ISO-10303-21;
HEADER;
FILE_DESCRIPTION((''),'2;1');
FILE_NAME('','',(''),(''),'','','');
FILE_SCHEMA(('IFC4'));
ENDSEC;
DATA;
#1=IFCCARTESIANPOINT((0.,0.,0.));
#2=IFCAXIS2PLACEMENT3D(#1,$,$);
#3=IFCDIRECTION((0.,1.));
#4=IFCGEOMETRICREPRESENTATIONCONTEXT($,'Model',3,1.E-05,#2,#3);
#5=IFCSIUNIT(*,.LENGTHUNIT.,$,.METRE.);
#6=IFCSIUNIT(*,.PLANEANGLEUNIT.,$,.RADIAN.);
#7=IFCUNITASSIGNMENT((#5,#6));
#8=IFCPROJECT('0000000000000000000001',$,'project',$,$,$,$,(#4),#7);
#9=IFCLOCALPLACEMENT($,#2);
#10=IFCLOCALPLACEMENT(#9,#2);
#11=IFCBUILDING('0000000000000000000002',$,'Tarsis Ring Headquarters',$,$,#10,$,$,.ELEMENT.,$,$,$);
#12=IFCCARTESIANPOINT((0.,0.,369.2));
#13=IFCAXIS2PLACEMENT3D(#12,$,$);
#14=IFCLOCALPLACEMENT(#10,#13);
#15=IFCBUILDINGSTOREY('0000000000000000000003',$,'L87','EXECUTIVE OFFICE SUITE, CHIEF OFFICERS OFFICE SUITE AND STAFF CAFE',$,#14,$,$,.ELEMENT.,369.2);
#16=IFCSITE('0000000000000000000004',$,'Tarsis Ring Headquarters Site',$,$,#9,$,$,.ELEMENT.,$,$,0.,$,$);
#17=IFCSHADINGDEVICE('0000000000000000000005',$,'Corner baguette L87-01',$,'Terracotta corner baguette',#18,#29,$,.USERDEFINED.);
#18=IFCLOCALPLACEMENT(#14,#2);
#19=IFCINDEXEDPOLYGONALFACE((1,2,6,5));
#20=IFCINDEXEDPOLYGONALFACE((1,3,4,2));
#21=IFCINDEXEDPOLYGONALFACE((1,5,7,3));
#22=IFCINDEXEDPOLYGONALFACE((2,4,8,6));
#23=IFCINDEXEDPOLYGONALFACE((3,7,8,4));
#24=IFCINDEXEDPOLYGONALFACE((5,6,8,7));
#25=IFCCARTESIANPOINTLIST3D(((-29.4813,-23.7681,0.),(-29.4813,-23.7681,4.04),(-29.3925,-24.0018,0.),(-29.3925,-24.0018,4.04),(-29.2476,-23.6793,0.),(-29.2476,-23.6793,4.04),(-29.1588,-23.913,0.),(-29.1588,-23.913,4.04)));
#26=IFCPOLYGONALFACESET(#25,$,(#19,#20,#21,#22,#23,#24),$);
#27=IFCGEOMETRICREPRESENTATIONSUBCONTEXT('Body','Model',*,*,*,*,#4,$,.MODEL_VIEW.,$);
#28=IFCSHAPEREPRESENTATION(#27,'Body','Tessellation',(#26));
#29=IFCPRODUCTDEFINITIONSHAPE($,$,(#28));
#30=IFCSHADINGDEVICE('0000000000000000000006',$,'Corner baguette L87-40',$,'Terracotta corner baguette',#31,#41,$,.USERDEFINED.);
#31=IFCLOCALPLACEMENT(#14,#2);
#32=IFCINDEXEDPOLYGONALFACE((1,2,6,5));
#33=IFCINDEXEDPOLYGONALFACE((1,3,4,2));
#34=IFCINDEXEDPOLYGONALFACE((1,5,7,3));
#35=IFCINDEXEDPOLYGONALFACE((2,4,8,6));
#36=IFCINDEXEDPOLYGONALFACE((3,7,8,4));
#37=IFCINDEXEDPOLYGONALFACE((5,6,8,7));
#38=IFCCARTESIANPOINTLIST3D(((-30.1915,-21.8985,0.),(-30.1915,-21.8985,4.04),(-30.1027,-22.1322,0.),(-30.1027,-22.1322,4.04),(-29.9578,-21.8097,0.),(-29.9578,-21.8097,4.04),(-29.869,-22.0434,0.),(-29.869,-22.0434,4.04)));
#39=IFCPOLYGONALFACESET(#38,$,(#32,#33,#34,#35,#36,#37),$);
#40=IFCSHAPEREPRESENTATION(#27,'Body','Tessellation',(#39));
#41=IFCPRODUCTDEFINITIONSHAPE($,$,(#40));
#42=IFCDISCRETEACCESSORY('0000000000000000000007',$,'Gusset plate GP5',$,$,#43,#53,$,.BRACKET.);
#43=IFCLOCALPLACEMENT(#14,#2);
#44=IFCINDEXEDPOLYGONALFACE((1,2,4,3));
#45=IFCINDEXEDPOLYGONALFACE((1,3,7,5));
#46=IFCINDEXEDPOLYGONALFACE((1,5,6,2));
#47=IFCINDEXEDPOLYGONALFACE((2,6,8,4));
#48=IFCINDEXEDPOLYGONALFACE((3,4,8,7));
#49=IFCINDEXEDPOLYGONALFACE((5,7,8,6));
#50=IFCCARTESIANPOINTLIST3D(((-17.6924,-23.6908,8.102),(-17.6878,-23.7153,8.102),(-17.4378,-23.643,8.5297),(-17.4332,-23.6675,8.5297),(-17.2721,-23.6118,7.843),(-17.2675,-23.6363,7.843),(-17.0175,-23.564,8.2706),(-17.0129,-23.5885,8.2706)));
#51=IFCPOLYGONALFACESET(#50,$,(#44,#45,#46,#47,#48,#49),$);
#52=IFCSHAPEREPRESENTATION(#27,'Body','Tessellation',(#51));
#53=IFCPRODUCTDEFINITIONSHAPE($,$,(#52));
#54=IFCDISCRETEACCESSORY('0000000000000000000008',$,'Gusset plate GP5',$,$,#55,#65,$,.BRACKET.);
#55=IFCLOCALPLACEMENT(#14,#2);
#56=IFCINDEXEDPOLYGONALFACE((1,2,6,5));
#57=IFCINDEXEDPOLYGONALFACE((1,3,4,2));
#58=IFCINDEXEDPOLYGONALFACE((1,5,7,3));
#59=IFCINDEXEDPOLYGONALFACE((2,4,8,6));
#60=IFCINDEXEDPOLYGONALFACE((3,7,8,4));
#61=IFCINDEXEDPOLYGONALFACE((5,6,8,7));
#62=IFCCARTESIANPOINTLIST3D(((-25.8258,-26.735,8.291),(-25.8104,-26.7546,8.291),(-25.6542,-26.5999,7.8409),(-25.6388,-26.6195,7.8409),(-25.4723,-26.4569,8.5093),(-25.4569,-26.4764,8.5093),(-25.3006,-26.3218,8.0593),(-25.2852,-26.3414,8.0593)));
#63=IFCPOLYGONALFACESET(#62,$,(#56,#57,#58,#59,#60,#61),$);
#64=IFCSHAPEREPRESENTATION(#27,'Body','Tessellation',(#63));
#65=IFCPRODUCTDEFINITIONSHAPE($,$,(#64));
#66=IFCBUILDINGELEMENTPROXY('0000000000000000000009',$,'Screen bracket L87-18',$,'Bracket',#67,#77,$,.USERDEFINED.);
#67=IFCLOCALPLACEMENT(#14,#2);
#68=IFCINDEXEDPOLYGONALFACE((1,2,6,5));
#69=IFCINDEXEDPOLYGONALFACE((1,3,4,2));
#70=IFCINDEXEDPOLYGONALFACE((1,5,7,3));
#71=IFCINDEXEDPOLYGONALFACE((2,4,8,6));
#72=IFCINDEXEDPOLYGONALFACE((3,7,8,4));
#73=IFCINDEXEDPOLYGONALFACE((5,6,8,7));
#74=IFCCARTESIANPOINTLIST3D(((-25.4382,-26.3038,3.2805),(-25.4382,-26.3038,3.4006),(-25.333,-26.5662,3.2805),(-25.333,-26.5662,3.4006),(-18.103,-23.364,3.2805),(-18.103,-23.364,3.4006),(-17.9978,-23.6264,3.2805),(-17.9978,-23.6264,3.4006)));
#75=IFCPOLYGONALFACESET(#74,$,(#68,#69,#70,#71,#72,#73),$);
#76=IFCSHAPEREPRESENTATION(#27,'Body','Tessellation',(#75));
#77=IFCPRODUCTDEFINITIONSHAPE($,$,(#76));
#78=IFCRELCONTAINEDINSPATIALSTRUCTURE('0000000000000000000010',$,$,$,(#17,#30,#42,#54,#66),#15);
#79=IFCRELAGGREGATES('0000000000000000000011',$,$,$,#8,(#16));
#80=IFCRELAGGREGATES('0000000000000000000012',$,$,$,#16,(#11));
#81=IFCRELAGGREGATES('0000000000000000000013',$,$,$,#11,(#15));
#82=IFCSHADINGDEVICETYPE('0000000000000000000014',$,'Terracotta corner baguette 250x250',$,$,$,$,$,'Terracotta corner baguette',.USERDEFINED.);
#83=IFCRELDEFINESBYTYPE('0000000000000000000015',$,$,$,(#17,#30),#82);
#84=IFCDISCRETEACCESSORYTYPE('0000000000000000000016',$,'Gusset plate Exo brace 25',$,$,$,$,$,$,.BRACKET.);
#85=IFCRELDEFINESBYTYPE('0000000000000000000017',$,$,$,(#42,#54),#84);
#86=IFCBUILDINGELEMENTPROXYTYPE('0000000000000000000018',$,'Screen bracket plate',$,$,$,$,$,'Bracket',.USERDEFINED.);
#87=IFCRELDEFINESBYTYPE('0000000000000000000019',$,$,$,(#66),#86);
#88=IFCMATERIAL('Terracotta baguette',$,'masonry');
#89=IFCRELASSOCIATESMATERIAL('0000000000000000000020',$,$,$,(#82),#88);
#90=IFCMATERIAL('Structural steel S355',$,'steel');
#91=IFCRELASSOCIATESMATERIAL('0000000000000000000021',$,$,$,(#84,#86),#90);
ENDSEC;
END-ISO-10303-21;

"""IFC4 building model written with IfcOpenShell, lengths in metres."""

from ifc_helpers import new_model, si_unit, direction, frame, origin, origin_2d, place, context, subcontext, project, spatial, rectangle, extrude, material, material_profile, profile_set, type_object, element, save


model = new_model("IFC4")

# Units and contexts
model_context = context("Model", 3, precision=1e-05, world=origin(), true_north=direction((0.0, 1.0)))
body_context = subcontext(model_context, "Body", "Model", "MODEL_VIEW")
ifc_project = project(units=[si_unit("LENGTHUNIT", "METRE"), si_unit("PLANEANGLEUNIT", "RADIAN")], contexts=[model_context])

# Site, building, storey
site_placement = place(None, origin())
site = spatial("IfcSite", under=ifc_project, at=site_placement, Name="Tarsis Ring Headquarters Site", CompositionType="ELEMENT", RefElevation=0.0)
building_placement = place(site_placement, origin())
building = spatial("IfcBuilding", under=site, at=building_placement, Name="Tarsis Ring Headquarters", CompositionType="ELEMENT")
storey_placement = place(building_placement, frame((0.0, 0.0, 369.2)))
storey = spatial("IfcBuildingStorey", under=building, at=storey_placement, Name="L87", Description="EXECUTIVE OFFICE SUITE, CHIEF OFFICERS OFFICE SUITE AND STAFF CAFE", CompositionType="ELEMENT", Elevation=369.2)

# Shared definitions
ifc_material_1 = material(Name="Structural steel S355", Category="steel")

# Shading devices
ifc_material_2 = material(Name="Terracotta baguette", Category="masonry")
shading_device_type_1 = type_object("IfcShadingDeviceType", Name="Terracotta corner baguette 250x250", ElementType="Terracotta corner baguette", PredefinedType="USERDEFINED", material=ifc_material_2)
for number, where, z_axis, x_axis, name in (
    (1, (-29.3201, -23.8406, 0.0), (0.0, 0.0, 1.0), (0.355107, -0.934826, 0.0), "Corner baguette L87-01"),
    (2, (-30.0303, -21.9709, 0.0), (0.0, 0.0, 1.0), (0.934826, 0.355107, 0.0), "Corner baguette L87-40"),
):
    element("IfcShadingDevice", number, at=place(storey_placement, frame(where, z_axis=z_axis, x_axis=x_axis)), inside=storey, type_object=shading_device_type_1, Name=name, ObjectType="Terracotta corner baguette", PredefinedType="USERDEFINED", context=body_context, shape_type="SweptSolid", body=[
        extrude(rectangle(XDim=0.25, YDim=0.25, at=origin_2d()), origin(), (0.0, 0.0, 1.0), 4.04),
    ])

# Discrete accessories
ifc_material_profile_1 = material_profile(ifc_material_1, rectangle(XDim=0.0249, YDim=0.5, at=origin_2d()), Name="PL 25x500")
ifc_profile_set_1 = profile_set([ifc_material_profile_1], Name="Structural steel S355")
discrete_accessory_type = type_object("IfcDiscreteAccessoryType", Name="Gusset plate Exo brace 25", PredefinedType="BRACKET", material=ifc_profile_set_1)
discrete_accessory_1_placement = place(storey_placement, frame((-17.2253, -23.6157, 8.4001), z_axis=(-0.509188, -0.095686, -0.855319), x_axis=(0.184687, -0.982797, 0.0)))
element("IfcDiscreteAccessory", 3, at=discrete_accessory_1_placement, inside=storey, type_object=discrete_accessory_type, Name="Gusset plate GP5", PredefinedType="BRACKET", context=body_context, shape_type="SweptSolid", body=[
    extrude(rectangle(XDim=0.0249, YDim=0.5, at=origin_2d()), origin(), (0.0, 0.0, 1.0), 0.5),
])
discrete_accessory_2_placement = place(storey_placement, frame((-25.6414, -26.6057, 8.4001), z_axis=(0.343165, 0.269944, -0.899649), x_axis=(-0.618266, 0.785969, 0.0)))
element("IfcDiscreteAccessory", 4, at=discrete_accessory_2_placement, inside=storey, type_object=discrete_accessory_type, Name="Gusset plate GP5", PredefinedType="BRACKET", context=body_context, shape_type="SweptSolid", body=[
    extrude(rectangle(XDim=0.0249, YDim=0.5, at=origin_2d()), origin(), (0.0, 0.0, 1.0), 0.5002),
])

# Building element proxy
building_element_proxy_type = type_object("IfcBuildingElementProxyType", Name="Screen bracket plate", ElementType="Bracket", PredefinedType="USERDEFINED", material=ifc_material_1)
proxy_placement = place(storey_placement, frame((-21.718, -24.9651, 3.2805), z_axis=(0.0, 0.0, 1.0), x_axis=(0.928226, 0.372016, 0.0)))
element("IfcBuildingElementProxy", 5, at=proxy_placement, inside=storey, type_object=building_element_proxy_type, Name="Screen bracket L87-18", ObjectType="Bracket", PredefinedType="USERDEFINED", context=body_context, shape_type="SweptSolid", body=[
    extrude(rectangle(XDim=7.9023, YDim=0.2827, at=origin_2d()), origin(), (0.0, 0.0, 1.0), 0.1201),
])

save(model, "model.ifc")
